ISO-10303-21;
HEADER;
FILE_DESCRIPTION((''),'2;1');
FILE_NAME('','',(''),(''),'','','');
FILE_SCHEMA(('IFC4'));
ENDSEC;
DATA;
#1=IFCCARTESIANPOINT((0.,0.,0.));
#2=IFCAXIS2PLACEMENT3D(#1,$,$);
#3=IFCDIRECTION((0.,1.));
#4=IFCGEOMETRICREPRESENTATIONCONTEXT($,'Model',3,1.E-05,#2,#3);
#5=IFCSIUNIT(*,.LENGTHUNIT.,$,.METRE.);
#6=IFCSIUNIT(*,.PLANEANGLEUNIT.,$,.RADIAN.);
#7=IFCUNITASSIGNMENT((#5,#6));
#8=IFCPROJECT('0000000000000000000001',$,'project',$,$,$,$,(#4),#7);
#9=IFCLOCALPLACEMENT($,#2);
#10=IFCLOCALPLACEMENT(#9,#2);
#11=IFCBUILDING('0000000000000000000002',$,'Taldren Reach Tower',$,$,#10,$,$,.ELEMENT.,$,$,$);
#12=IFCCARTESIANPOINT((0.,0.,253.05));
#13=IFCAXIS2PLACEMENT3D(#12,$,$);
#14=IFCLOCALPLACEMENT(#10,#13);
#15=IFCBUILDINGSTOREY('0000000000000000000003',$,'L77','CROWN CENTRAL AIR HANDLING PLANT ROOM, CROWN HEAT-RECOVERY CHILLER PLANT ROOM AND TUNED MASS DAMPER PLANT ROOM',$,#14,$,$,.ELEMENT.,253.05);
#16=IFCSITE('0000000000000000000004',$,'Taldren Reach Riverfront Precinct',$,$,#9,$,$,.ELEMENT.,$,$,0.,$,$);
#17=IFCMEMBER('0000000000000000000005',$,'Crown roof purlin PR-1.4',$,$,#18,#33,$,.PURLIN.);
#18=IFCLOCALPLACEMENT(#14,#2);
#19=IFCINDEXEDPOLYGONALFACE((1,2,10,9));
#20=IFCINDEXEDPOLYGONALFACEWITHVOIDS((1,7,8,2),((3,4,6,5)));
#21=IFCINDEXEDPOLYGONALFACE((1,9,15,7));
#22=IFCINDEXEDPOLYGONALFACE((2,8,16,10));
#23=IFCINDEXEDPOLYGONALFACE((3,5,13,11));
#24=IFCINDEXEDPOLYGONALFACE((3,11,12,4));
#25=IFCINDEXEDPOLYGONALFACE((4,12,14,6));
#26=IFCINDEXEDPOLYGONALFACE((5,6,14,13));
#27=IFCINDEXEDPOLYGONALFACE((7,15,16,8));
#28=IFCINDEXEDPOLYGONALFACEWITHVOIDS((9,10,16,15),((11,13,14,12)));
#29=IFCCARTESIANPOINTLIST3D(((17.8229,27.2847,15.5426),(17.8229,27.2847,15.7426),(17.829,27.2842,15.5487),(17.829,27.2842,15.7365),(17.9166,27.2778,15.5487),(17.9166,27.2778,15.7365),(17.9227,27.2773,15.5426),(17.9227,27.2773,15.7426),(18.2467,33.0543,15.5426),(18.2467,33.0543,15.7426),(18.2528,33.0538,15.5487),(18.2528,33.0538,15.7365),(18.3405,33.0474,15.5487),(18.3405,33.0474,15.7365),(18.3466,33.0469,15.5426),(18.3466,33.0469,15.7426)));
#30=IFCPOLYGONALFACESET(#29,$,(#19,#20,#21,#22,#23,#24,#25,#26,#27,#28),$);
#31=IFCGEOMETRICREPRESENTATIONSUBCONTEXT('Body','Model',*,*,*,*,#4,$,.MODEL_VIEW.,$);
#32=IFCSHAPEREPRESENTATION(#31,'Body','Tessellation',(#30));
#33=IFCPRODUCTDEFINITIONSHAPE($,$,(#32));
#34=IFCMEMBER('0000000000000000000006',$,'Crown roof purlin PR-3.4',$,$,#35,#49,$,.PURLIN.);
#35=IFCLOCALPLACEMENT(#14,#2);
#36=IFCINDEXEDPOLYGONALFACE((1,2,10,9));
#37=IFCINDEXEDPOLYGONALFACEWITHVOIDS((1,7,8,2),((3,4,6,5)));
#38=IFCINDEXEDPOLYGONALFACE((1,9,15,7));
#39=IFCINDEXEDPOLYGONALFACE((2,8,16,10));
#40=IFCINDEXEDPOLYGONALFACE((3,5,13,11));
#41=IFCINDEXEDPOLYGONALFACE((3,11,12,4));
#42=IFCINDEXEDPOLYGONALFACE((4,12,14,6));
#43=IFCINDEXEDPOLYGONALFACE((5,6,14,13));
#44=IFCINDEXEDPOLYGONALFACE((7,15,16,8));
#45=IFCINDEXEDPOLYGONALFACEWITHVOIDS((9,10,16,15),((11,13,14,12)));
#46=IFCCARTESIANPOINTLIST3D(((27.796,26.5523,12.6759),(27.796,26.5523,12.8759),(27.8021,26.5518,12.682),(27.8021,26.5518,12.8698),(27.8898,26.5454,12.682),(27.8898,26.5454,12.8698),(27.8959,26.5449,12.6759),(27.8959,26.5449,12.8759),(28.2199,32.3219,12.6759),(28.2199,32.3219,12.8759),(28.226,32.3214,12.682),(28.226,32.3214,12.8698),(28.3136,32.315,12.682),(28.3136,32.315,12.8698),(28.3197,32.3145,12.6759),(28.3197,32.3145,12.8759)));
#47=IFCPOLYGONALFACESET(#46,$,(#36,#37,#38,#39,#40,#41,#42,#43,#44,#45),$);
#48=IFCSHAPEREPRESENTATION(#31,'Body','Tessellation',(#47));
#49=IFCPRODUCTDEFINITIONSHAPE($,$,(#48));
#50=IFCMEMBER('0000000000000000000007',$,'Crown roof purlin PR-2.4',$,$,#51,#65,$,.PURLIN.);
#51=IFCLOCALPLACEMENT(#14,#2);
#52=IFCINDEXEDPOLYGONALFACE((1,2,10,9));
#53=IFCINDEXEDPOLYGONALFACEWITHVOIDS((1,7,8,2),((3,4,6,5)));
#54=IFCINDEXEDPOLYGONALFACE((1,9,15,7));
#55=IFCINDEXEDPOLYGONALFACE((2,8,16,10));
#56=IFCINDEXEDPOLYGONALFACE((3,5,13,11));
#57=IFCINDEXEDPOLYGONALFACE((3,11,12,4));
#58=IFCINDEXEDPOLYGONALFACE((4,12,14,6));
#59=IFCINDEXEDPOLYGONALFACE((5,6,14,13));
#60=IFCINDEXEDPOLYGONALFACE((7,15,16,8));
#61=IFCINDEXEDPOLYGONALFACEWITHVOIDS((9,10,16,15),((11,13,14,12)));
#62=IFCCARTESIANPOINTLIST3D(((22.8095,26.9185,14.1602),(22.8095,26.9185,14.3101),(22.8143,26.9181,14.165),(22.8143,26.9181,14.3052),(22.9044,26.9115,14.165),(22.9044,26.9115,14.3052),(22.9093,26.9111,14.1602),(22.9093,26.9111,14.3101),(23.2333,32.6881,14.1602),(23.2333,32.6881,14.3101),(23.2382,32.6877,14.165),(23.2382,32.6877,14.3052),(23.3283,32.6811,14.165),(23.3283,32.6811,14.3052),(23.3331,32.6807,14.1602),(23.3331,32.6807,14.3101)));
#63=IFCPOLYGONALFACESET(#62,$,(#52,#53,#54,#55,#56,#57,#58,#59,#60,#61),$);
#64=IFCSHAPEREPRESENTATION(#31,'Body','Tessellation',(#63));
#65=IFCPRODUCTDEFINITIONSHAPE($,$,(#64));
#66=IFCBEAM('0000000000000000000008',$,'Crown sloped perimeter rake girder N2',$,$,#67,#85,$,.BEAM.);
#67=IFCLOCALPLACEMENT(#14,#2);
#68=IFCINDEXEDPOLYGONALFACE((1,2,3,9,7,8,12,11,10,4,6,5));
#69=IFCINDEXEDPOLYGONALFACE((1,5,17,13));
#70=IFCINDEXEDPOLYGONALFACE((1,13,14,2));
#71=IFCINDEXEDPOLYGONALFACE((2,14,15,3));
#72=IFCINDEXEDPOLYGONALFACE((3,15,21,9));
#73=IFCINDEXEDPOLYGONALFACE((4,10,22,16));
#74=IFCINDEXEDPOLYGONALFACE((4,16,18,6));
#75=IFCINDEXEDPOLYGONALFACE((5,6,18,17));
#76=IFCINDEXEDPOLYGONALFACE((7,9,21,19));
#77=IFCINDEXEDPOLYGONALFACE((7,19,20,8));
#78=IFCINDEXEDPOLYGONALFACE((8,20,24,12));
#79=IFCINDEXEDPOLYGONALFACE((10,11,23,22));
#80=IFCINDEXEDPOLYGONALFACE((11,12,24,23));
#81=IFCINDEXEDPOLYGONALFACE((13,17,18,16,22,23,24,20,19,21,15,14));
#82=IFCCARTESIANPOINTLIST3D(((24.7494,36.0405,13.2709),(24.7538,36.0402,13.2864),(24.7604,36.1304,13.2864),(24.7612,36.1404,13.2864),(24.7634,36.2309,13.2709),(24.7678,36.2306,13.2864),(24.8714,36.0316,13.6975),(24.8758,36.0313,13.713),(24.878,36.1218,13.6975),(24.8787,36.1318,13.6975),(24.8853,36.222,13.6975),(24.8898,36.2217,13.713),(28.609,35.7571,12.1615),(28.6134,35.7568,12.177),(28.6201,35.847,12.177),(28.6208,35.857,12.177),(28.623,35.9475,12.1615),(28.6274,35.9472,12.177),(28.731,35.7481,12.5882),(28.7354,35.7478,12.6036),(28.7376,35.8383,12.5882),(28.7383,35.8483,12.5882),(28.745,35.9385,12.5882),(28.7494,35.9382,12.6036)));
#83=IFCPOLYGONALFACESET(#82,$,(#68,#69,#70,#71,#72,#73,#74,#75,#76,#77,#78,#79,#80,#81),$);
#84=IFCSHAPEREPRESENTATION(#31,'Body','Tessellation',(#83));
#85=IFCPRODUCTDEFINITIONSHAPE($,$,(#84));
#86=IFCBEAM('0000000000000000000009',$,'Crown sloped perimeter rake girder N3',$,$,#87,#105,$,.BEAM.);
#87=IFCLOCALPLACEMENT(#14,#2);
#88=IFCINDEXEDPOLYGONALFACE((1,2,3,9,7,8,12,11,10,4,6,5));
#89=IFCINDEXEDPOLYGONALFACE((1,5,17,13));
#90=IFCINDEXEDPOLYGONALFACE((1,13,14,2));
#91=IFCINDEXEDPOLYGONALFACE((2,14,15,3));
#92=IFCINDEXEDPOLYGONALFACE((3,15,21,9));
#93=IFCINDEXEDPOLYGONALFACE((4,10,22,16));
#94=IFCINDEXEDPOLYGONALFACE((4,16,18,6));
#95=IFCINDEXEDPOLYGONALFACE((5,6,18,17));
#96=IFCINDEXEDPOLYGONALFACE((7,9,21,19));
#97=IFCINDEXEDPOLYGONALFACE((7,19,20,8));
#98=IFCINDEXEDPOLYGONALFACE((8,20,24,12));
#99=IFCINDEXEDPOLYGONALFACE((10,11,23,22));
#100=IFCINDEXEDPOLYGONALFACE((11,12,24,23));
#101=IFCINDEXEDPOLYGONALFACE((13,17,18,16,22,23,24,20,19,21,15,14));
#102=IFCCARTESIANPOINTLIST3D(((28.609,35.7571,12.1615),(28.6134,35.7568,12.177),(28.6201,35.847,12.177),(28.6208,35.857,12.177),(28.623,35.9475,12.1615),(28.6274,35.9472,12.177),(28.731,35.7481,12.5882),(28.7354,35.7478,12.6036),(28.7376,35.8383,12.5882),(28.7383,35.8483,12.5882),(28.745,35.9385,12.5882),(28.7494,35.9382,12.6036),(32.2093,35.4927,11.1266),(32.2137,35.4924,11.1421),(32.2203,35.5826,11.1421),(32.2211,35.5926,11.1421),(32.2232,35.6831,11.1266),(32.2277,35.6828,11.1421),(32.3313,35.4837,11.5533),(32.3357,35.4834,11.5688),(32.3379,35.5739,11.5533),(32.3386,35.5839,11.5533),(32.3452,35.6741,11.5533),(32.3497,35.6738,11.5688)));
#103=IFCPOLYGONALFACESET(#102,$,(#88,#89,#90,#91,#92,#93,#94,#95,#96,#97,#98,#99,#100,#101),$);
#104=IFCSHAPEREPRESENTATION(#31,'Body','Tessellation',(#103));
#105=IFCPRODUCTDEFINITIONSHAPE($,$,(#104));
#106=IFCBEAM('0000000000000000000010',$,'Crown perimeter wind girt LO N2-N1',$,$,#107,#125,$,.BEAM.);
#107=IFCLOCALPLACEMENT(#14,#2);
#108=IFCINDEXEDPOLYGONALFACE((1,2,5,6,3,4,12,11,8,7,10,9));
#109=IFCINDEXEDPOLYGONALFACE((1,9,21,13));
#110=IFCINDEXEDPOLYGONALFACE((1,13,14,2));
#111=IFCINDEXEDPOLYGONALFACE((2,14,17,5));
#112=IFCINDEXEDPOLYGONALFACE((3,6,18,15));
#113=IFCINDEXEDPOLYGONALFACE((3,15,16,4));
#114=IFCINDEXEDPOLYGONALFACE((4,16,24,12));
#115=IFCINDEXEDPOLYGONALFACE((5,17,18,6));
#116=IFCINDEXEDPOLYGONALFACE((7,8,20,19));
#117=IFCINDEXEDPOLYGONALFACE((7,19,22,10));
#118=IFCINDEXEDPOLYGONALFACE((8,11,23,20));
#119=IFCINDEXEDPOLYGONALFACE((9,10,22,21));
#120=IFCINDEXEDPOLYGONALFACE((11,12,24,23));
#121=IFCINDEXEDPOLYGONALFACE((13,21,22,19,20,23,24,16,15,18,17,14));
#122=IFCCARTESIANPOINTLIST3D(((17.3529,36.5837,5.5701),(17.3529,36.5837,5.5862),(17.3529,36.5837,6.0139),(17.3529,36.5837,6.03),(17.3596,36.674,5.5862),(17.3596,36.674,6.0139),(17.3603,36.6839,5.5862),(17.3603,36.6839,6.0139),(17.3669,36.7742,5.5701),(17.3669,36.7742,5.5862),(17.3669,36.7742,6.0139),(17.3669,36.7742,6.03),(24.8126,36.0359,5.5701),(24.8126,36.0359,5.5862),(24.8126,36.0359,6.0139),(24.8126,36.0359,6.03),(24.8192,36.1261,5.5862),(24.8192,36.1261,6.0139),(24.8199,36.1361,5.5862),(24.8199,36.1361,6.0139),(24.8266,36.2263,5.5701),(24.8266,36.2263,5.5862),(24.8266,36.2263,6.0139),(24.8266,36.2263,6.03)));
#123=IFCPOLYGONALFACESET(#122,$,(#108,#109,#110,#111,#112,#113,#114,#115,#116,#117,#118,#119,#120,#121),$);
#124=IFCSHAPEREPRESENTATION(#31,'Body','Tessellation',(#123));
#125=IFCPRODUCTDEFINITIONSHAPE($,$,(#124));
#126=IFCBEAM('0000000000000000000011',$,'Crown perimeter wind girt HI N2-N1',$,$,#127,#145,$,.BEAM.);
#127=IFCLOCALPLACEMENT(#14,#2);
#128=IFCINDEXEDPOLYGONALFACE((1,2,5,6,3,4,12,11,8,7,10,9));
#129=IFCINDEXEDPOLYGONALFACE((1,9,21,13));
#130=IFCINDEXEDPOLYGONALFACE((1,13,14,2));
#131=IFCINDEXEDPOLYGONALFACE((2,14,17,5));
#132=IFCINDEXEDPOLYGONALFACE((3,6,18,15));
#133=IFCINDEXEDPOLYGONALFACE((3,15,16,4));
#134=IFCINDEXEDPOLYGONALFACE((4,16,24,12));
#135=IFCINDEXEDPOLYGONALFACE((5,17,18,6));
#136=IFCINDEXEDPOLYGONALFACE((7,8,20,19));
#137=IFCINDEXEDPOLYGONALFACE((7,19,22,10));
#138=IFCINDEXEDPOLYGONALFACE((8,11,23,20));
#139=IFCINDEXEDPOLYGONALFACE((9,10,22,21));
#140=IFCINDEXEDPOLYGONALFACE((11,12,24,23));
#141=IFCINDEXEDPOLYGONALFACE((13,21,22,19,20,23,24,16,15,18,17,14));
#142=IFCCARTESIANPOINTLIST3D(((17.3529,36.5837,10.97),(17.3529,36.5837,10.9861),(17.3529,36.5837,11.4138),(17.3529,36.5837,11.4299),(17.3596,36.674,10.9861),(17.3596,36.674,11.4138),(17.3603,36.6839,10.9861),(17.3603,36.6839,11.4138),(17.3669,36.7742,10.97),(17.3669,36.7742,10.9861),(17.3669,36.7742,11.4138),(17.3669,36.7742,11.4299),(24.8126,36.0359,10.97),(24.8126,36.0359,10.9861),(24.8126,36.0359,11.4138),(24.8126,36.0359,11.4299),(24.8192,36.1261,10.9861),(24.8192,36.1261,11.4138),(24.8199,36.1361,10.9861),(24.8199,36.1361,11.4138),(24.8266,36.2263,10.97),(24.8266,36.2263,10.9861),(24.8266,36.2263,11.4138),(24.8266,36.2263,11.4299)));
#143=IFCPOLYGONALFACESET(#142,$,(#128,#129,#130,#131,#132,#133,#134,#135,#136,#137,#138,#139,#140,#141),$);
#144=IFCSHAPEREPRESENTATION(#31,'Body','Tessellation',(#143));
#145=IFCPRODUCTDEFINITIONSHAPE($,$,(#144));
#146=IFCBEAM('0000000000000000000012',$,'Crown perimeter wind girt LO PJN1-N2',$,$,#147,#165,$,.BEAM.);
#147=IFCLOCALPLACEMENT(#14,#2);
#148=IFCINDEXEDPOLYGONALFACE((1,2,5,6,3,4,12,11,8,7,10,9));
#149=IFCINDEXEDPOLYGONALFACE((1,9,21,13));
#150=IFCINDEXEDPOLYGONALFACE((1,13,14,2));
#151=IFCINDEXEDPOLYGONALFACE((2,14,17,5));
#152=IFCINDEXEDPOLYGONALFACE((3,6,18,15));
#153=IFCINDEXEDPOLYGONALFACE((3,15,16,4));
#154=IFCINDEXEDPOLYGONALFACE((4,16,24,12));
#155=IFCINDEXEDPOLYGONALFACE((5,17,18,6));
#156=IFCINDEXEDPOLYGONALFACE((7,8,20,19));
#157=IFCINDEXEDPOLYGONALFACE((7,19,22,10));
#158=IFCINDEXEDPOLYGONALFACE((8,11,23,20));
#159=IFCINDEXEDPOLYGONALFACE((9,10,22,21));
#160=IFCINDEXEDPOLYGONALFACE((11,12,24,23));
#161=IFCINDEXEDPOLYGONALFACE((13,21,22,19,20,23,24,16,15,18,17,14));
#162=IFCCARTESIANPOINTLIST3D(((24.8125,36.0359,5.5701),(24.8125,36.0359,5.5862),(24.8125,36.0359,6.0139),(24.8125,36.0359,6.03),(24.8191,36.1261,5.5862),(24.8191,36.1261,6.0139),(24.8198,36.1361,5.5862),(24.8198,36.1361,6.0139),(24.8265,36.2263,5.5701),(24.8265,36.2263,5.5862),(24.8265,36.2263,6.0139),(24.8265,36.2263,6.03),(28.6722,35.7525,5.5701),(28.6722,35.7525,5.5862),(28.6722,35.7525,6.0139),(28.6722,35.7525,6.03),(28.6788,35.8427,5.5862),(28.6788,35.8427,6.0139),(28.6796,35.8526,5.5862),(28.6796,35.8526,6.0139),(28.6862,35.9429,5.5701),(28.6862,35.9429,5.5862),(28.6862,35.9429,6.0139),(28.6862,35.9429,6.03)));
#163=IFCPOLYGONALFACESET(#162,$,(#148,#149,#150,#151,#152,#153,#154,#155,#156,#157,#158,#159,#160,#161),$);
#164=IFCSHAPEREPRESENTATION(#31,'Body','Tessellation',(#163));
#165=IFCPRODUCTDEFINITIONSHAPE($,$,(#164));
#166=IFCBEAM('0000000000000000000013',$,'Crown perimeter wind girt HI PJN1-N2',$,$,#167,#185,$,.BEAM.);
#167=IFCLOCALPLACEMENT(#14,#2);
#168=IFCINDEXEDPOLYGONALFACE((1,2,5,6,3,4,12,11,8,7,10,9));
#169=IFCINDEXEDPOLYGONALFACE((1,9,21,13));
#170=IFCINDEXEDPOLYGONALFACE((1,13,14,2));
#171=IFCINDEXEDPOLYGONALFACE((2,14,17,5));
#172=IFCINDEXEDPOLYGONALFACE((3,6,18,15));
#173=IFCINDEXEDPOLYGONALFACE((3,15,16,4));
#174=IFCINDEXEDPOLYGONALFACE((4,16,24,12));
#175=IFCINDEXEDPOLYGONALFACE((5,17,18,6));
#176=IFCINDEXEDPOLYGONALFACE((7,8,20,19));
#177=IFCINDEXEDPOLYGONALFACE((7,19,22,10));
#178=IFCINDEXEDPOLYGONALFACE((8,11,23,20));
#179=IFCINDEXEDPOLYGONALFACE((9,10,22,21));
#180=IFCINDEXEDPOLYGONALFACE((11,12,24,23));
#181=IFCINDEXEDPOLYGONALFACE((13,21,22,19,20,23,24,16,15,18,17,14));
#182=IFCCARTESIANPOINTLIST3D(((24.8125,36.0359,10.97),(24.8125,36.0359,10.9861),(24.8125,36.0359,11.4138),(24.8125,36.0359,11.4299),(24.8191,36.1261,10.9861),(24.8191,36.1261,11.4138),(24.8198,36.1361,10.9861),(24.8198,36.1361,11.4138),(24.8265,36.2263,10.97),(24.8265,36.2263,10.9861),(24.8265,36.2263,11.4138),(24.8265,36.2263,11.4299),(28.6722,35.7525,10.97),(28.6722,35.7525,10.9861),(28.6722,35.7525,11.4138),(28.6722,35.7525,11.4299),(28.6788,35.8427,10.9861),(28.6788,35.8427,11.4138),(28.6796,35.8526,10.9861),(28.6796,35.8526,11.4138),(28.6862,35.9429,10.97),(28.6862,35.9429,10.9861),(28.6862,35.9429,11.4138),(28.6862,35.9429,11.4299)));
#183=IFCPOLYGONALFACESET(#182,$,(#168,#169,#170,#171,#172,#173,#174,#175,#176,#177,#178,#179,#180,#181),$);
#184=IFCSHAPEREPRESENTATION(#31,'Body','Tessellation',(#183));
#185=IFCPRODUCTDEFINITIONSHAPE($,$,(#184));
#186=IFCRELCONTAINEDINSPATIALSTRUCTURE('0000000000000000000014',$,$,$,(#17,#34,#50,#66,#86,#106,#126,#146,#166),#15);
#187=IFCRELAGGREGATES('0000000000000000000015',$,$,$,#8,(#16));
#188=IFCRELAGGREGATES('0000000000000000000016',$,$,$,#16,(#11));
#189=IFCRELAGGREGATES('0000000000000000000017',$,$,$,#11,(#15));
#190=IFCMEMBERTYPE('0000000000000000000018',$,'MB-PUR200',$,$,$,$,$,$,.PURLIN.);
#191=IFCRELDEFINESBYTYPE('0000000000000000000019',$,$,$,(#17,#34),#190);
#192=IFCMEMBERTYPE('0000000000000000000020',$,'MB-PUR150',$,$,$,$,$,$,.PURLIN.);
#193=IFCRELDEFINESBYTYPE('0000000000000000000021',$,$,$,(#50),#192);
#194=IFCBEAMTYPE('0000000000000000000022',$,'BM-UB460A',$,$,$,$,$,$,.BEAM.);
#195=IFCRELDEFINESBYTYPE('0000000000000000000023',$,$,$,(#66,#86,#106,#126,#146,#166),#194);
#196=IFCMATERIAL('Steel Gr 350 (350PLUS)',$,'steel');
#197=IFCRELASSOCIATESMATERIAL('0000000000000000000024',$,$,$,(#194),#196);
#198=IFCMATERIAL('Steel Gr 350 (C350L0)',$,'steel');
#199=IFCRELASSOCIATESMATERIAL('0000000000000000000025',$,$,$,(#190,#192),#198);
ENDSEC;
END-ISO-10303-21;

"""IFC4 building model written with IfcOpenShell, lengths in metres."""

from ifc_helpers import new_model, si_unit, direction, frame, origin, origin_2d, place, context, subcontext, project, spatial, hollow_rectangle, i_section, extrude, source, transform, mapped, material, material_profile, profile_set, type_object, element, save


model = new_model("IFC4")

# Units and contexts
model_context = context("Model", 3, precision=1e-05, world=origin(), true_north=direction((0.0, 1.0)))
body_context = subcontext(model_context, "Body", "Model", "MODEL_VIEW")
ifc_project = project(units=[si_unit("LENGTHUNIT", "METRE"), si_unit("PLANEANGLEUNIT", "RADIAN")], contexts=[model_context])

# Site, building, storey
site_placement = place(None, origin())
site = spatial("IfcSite", under=ifc_project, at=site_placement, Name="Taldren Reach Riverfront Precinct", CompositionType="ELEMENT", RefElevation=0.0)
building_placement = place(site_placement, origin())
building = spatial("IfcBuilding", under=site, at=building_placement, Name="Taldren Reach Tower", CompositionType="ELEMENT")
storey_placement = place(building_placement, frame((0.0, 0.0, 253.05)))
storey = spatial("IfcBuildingStorey", under=building, at=storey_placement, Name="L77", Description="CROWN CENTRAL AIR HANDLING PLANT ROOM, CROWN HEAT-RECOVERY CHILLER PLANT ROOM AND TUNED MASS DAMPER PLANT ROOM", CompositionType="ELEMENT", Elevation=253.05)

# Shared definitions
ifc_material_1 = material(Name="Steel Gr 350 (350PLUS)", Category="steel")
ifc_material_profile_1 = material_profile(ifc_material_1, i_section(OverallWidth=0.1909, OverallDepth=0.46, WebThickness=0.01, FlangeThickness=0.0161, at=origin_2d()), Name="460UB82.1")
ifc_profile_set_1 = profile_set([ifc_material_profile_1], Name="Steel Gr 350 (350PLUS)")
beam_type_1 = type_object("IfcBeamType", Name="BM-UB460A", PredefinedType="BEAM", material=ifc_profile_set_1)

# Members
ifc_material_2 = material(Name="Steel Gr 350 (C350L0)", Category="steel")
ifc_material_profile_2 = material_profile(ifc_material_2, hollow_rectangle(XDim=0.1001, YDim=0.2, WallThickness=0.0061, at=origin_2d()), Name="200x100x6.0RHS")
ifc_profile_set_2 = profile_set([ifc_material_profile_2], Name="Steel Gr 350 (C350L0)")
member_type_1 = type_object("IfcMemberType", Name="MB-PUR200", PredefinedType="PURLIN", material=ifc_profile_set_2)
shared_shape_1 = source(origin(), body_context, "Body", "SweptSolid", [
    extrude(hollow_rectangle(XDim=0.1001, YDim=0.2, WallThickness=0.0061, at=origin_2d()), origin(), (0.0, 0.0, 1.0), 5.7852),
])
for number, where, z_axis, x_axis, name in (
    (1, (17.8728, 27.281, 15.6426), (0.073262, 0.997313, 0.0), (-0.997313, 0.073262, 0.0), "Crown roof purlin PR-1.4"),
    (2, (27.8459, 26.5486, 12.7759), (0.073262, 0.997313, 0.0), (-0.997313, 0.073262, 0.0), "Crown roof purlin PR-3.4"),
):
    element("IfcMember", number, at=place(storey_placement, frame(where, z_axis=z_axis, x_axis=x_axis)), inside=storey, type_object=member_type_1, Name=name, PredefinedType="PURLIN", context=body_context, shape_type="MappedRepresentation", body=[
        mapped(shared_shape_1, transform((0.0, 0.0, 0.0), scale=1.0)),
    ])
ifc_material_profile_3 = material_profile(ifc_material_2, hollow_rectangle(XDim=0.1001, YDim=0.1499, WallThickness=0.0049, at=origin_2d()), Name="150x100x5.0RHS")
ifc_profile_set_3 = profile_set([ifc_material_profile_3], Name="Steel Gr 350 (C350L0)")
member_type_2 = type_object("IfcMemberType", Name="MB-PUR150", PredefinedType="PURLIN", material=ifc_profile_set_3)
shared_shape_2 = source(origin(), body_context, "Body", "SweptSolid", [
    extrude(hollow_rectangle(XDim=0.1001, YDim=0.1499, WallThickness=0.0049, at=origin_2d()), origin(), (0.0, 0.0, 1.0), 5.7852),
])
member_1_placement = place(storey_placement, frame((22.8594, 26.9148, 14.2351), z_axis=(0.073262, 0.997313, 0.0), x_axis=(-0.997313, 0.073262, 0.0)))
element("IfcMember", 3, at=member_1_placement, inside=storey, type_object=member_type_2, Name="Crown roof purlin PR-2.4", PredefinedType="PURLIN", context=body_context, shape_type="MappedRepresentation", body=[
    mapped(shared_shape_2, transform((0.0, 0.0, 0.0), scale=1.0)),
])

# Beams
shared_shape_3 = source(origin(), body_context, "Body", "SweptSolid", [
    extrude(i_section(OverallWidth=0.1909, OverallDepth=0.46, WebThickness=0.01, FlangeThickness=0.0161, at=origin_2d()), origin(), (0.0, 0.0, 1.0), 4.0259),
])
beam_1_placement = place(storey_placement, frame((24.8196, 36.1311, 13.4919), z_axis=(0.958702, -0.070406, -0.275561), x_axis=(0.073242, 0.997314, 0.0)))
element("IfcBeam", 4, at=beam_1_placement, inside=storey, type_object=beam_type_1, Name="Crown sloped perimeter rake girder N2", PredefinedType="BEAM", context=body_context, shape_type="MappedRepresentation", body=[
    mapped(shared_shape_3, transform((0.0, 0.0, 0.0), scale=1.0)),
])
shared_shape_4 = source(origin(), body_context, "Body", "SweptSolid", [
    extrude(i_section(OverallWidth=0.1909, OverallDepth=0.46, WebThickness=0.01, FlangeThickness=0.0161, at=origin_2d()), origin(), (0.0, 0.0, 1.0), 3.7554),
])
beam_2_placement = place(storey_placement, frame((28.6792, 35.8477, 12.3826), z_axis=(0.958698, -0.070405, -0.275576), x_axis=(0.073241, 0.997314, 0.0)))
element("IfcBeam", 5, at=beam_2_placement, inside=storey, type_object=beam_type_1, Name="Crown sloped perimeter rake girder N3", PredefinedType="BEAM", context=body_context, shape_type="MappedRepresentation", body=[
    mapped(shared_shape_4, transform((0.0, 0.0, 0.0), scale=1.0)),
])
shared_shape_5 = source(origin(), body_context, "Body", "SweptSolid", [
    extrude(i_section(OverallWidth=0.1909, OverallDepth=0.46, WebThickness=0.01, FlangeThickness=0.0161, at=origin_2d()), origin(), (0.0, 0.0, 1.0), 7.4797),
])
for number, where, z_axis, x_axis, name in (
    (6, (24.8196, 36.1311, 5.8), (-0.997314, 0.073244, 0.0), (-0.073244, -0.997314, 0.0), "Crown perimeter wind girt LO N2-N1"),
    (7, (24.8196, 36.1311, 11.2), (-0.997314, 0.073244, 0.0), (-0.073244, -0.997314, 0.0), "Crown perimeter wind girt HI N2-N1"),
):
    element("IfcBeam", number, at=place(storey_placement, frame(where, z_axis=z_axis, x_axis=x_axis)), inside=storey, type_object=beam_type_1, Name=name, PredefinedType="BEAM", context=body_context, shape_type="MappedRepresentation", body=[
        mapped(shared_shape_5, transform((0.0, 0.0, 0.0), scale=1.0)),
    ])
shared_shape_6 = source(origin(), body_context, "Body", "SweptSolid", [
    extrude(i_section(OverallWidth=0.1909, OverallDepth=0.46, WebThickness=0.01, FlangeThickness=0.0161, at=origin_2d()), origin(), (0.0, 0.0, 1.0), 3.8701),
])
for number, where, z_axis, x_axis, name in (
    (8, (28.6792, 35.8477, 5.8), (-0.997314, 0.073242, 0.0), (-0.073242, -0.997314, 0.0), "Crown perimeter wind girt LO PJN1-N2"),
    (9, (28.6792, 35.8477, 11.2), (-0.997314, 0.073242, 0.0), (-0.073242, -0.997314, 0.0), "Crown perimeter wind girt HI PJN1-N2"),
):
    element("IfcBeam", number, at=place(storey_placement, frame(where, z_axis=z_axis, x_axis=x_axis)), inside=storey, type_object=beam_type_1, Name=name, PredefinedType="BEAM", context=body_context, shape_type="MappedRepresentation", body=[
        mapped(shared_shape_6, transform((0.0, 0.0, 0.0), scale=1.0)),
    ])

save(model, "model.ifc")
